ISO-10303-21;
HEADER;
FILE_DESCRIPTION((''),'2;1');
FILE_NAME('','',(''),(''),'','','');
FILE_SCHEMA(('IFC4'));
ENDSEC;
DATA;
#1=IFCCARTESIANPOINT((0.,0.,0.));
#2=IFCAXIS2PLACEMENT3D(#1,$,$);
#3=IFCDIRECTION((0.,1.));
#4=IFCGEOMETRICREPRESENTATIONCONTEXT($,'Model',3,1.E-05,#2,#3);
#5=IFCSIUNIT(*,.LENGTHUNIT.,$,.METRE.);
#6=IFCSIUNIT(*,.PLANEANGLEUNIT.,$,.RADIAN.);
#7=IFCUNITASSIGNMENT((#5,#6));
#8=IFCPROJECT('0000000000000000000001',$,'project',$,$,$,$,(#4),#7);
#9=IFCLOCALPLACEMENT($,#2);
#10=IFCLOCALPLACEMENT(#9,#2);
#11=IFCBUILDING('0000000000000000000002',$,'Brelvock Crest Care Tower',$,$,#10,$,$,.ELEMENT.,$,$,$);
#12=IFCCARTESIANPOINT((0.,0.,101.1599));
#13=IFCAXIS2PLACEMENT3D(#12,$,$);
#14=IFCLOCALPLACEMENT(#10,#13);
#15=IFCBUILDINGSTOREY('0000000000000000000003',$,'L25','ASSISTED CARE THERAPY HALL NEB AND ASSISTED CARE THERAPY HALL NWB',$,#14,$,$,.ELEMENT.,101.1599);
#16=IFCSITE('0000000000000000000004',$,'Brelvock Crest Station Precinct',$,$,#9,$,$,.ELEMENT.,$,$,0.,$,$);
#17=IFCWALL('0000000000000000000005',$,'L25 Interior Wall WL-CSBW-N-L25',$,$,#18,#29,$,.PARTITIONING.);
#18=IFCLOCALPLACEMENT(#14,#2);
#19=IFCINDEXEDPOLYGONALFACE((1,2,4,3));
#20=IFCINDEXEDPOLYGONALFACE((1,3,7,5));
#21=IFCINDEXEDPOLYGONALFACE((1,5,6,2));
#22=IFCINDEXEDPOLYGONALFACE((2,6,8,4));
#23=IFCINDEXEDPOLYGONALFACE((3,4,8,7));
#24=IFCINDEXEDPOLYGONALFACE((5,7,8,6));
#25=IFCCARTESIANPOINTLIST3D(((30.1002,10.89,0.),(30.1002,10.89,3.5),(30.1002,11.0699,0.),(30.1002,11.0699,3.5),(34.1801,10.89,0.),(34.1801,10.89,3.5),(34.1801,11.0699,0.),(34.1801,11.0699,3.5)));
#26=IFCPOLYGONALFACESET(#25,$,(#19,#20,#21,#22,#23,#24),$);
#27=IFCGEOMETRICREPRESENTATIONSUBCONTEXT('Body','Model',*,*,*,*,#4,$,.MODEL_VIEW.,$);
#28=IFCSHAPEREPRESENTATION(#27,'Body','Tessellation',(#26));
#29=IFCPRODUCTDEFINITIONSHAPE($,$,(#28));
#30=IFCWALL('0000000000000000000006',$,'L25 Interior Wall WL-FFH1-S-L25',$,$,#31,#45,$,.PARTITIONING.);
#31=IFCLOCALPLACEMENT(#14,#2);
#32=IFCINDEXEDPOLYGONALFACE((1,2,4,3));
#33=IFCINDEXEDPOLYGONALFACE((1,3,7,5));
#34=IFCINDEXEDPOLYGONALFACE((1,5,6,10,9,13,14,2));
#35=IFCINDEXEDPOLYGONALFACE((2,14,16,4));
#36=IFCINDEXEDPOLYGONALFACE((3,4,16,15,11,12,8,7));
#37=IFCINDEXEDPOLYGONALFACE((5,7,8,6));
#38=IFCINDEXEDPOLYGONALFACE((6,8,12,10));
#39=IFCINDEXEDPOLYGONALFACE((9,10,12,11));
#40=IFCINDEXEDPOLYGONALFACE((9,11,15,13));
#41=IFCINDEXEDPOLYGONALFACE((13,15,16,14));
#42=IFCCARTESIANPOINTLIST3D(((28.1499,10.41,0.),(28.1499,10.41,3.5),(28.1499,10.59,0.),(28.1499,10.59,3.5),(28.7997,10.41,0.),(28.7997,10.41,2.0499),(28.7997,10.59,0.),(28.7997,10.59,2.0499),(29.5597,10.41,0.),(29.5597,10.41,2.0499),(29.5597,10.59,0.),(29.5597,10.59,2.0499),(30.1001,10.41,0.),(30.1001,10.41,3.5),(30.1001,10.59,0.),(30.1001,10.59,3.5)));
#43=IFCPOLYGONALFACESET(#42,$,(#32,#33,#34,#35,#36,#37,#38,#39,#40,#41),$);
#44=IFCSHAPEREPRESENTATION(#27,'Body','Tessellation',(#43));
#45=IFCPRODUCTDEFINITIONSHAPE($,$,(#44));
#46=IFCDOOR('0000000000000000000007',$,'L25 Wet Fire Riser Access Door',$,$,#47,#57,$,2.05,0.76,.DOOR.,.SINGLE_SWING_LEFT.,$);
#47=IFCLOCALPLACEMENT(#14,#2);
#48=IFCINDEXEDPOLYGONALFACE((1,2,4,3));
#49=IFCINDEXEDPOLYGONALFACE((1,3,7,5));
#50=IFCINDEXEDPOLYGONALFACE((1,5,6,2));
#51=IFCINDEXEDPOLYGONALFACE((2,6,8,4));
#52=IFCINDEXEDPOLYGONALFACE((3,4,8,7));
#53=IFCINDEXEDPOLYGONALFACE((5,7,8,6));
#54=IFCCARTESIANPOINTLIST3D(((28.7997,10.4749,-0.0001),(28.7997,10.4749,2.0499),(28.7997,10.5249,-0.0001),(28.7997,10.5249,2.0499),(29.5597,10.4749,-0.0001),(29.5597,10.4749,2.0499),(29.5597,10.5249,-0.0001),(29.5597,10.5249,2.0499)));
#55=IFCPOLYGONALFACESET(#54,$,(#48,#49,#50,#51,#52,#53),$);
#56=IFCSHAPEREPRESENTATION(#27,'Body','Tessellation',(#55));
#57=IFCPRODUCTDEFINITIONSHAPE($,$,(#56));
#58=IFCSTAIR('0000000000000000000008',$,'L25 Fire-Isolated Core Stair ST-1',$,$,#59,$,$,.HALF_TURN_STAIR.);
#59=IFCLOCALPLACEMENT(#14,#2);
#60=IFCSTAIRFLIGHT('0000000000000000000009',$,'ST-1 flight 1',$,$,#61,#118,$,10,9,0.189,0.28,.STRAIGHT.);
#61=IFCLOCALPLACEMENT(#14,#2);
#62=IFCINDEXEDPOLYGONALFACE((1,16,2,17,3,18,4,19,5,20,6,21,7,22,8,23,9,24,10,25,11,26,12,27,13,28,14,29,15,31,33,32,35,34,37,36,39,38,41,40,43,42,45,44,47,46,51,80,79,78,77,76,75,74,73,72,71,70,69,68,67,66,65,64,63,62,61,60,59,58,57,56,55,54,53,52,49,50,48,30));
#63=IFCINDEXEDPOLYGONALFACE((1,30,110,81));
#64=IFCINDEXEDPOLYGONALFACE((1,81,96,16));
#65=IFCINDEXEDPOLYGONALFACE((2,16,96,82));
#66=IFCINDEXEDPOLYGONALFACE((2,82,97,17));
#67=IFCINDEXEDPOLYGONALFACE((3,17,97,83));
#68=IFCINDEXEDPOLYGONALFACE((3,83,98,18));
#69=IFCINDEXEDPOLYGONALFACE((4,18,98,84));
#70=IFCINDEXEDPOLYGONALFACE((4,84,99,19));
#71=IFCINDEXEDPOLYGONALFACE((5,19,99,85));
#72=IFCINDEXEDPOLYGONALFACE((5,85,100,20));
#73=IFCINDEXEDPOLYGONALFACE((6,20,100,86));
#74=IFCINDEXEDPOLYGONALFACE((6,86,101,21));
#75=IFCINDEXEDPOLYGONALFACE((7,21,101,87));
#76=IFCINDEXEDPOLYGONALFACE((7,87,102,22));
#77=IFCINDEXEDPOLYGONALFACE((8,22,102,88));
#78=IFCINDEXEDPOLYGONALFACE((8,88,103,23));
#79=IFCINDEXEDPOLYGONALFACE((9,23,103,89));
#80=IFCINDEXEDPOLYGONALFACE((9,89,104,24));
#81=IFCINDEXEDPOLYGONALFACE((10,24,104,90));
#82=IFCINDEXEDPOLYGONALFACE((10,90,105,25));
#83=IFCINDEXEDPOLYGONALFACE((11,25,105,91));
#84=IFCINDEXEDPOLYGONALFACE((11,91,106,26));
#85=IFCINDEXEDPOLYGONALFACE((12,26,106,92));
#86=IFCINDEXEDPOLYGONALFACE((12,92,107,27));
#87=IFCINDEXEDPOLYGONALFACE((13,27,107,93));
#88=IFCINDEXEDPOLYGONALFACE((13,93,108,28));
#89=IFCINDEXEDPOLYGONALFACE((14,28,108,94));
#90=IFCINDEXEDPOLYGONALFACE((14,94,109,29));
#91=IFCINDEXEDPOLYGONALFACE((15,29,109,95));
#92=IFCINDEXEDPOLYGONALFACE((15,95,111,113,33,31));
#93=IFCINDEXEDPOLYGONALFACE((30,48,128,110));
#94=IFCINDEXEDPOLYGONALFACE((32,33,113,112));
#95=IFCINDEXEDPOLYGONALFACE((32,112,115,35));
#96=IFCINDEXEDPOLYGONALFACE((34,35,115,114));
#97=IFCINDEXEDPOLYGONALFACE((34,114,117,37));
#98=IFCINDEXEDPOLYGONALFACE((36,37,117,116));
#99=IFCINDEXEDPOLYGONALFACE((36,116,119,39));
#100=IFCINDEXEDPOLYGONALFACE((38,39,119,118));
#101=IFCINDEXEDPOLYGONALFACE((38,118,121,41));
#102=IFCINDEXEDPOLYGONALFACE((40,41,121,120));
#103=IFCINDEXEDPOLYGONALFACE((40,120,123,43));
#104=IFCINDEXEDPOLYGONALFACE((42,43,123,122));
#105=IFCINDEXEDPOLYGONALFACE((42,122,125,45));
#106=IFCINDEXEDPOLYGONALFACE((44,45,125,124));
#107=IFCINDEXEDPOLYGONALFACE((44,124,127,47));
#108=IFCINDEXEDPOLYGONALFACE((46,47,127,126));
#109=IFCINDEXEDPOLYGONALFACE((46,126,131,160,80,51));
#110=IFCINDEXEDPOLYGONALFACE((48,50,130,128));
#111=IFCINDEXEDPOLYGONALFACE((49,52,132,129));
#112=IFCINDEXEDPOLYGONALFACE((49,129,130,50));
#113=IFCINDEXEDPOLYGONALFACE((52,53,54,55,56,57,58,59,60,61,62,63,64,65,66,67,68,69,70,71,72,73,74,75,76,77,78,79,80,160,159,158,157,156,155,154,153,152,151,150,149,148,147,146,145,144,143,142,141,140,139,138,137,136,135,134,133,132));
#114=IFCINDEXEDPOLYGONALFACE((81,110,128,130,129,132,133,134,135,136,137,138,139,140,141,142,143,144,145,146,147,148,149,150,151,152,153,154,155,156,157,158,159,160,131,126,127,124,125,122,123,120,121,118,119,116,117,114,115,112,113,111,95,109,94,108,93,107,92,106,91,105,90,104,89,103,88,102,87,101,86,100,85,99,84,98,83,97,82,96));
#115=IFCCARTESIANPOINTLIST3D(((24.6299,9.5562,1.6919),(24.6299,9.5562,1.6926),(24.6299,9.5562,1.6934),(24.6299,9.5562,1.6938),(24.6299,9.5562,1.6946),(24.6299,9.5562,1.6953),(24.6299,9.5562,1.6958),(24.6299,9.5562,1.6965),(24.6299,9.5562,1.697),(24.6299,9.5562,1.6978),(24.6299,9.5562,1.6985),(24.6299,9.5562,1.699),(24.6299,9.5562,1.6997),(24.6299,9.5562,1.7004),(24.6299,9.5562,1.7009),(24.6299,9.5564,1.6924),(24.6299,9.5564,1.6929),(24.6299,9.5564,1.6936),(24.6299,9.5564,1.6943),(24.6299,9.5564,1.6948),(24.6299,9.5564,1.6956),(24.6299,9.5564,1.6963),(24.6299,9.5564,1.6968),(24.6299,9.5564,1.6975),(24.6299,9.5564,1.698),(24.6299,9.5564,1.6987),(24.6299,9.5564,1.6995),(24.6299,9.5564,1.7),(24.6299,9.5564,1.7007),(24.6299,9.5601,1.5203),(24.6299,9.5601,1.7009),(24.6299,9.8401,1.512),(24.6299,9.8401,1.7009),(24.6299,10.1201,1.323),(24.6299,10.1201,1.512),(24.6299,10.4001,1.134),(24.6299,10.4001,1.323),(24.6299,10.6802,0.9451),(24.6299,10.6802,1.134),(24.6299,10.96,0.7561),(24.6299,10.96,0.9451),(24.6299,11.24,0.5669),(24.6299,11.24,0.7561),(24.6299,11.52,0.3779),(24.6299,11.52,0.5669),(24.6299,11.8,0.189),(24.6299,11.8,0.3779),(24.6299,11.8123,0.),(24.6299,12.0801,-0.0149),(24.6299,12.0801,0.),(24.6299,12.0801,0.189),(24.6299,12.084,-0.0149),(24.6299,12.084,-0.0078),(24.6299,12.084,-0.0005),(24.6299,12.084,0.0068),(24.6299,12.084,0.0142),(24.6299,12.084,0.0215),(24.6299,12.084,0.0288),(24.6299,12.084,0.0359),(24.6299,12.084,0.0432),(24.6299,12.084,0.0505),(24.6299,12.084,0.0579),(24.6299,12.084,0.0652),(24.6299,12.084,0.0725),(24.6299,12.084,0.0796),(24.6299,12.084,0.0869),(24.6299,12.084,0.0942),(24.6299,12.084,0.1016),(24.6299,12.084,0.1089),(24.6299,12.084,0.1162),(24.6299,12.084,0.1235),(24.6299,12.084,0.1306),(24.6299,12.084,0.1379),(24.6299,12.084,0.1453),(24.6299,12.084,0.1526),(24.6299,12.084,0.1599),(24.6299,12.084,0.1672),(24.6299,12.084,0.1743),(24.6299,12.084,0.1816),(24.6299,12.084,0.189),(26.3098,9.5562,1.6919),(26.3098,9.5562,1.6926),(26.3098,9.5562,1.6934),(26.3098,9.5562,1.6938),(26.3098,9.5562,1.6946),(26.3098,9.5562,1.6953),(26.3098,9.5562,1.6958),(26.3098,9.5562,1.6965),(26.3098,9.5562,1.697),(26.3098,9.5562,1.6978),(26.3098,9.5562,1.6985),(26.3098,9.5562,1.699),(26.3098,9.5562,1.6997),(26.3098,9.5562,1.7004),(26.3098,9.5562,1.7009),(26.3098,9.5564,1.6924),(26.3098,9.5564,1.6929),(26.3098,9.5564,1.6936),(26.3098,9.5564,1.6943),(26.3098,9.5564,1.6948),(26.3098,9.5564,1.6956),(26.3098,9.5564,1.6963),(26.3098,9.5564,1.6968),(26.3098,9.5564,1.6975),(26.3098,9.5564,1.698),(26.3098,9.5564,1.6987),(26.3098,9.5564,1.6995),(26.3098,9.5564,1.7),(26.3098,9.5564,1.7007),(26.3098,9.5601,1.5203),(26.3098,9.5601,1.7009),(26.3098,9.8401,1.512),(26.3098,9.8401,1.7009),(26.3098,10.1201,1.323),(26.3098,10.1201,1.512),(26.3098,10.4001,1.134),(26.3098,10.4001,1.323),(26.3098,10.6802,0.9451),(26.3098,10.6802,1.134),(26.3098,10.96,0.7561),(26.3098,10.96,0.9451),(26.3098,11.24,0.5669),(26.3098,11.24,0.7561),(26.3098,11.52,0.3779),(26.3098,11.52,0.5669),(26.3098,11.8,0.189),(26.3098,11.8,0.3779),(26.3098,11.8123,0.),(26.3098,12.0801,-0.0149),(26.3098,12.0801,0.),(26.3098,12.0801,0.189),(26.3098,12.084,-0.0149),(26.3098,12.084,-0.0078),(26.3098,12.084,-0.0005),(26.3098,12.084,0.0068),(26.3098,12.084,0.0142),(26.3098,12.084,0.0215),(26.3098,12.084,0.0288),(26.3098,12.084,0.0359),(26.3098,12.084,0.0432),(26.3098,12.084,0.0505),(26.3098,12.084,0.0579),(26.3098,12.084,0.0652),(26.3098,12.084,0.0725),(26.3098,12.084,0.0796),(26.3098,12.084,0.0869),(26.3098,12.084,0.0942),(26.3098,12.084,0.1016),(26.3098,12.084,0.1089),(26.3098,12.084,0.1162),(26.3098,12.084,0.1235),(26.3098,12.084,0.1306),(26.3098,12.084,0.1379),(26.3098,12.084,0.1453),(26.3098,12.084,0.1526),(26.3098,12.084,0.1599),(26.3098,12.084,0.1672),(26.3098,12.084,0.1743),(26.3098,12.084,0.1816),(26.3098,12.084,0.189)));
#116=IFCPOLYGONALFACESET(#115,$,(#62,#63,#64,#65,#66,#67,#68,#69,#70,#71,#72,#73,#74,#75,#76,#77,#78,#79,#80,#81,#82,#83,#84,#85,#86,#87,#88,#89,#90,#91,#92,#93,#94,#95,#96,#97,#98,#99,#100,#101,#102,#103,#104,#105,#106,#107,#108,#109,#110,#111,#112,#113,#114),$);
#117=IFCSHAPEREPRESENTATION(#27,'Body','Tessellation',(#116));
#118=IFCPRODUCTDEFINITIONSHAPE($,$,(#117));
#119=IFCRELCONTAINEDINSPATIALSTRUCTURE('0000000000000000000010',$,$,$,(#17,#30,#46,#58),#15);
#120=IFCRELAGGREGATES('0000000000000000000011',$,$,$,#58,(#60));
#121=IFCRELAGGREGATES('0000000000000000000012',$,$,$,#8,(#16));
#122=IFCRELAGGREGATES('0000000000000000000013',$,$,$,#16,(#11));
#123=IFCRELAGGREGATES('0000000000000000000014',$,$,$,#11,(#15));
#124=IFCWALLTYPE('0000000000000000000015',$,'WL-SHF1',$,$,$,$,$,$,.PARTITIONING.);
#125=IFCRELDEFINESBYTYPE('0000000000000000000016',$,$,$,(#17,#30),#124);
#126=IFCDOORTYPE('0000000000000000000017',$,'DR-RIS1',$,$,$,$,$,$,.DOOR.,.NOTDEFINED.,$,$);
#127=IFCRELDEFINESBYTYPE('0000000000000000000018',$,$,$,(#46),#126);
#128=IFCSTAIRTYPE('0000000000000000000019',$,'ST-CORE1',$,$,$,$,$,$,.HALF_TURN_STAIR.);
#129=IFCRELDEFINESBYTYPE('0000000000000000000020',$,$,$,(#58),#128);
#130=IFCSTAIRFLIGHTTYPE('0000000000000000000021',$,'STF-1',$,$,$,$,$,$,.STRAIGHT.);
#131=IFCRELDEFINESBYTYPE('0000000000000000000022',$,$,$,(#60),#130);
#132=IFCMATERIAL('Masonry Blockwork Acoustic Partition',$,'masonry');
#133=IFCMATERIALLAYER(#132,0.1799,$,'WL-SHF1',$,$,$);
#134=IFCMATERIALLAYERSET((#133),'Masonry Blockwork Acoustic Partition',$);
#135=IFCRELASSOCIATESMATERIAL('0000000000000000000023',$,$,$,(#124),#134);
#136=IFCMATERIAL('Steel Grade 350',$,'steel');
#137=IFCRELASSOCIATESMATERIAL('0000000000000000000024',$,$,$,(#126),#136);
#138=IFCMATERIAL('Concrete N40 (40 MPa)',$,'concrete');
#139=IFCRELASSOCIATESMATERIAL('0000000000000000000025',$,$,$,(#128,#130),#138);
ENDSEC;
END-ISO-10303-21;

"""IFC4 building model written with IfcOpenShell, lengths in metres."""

from ifc_helpers import new_model, si_unit, direction, frame, frame_2d, origin, origin_2d, place, context, subcontext, project, spatial, polyline, rectangle, outline, extrude, source, transform, mapped, material, layer, layer_set, type_object, element, fill, aggregate, save


model = new_model("IFC4")

# Units and contexts
model_context = context("Model", 3, precision=1e-05, world=origin(), true_north=direction((0.0, 1.0)))
body_context = subcontext(model_context, "Body", "Model", "MODEL_VIEW")
ifc_project = project(units=[si_unit("LENGTHUNIT", "METRE"), si_unit("PLANEANGLEUNIT", "RADIAN")], contexts=[model_context])

# Site, building, storey
site_placement = place(None, origin())
site = spatial("IfcSite", under=ifc_project, at=site_placement, Name="Brelvock Crest Station Precinct", CompositionType="ELEMENT", RefElevation=0.0)
building_placement = place(site_placement, origin())
building = spatial("IfcBuilding", under=site, at=building_placement, Name="Brelvock Crest Care Tower", CompositionType="ELEMENT")
storey_placement = place(building_placement, frame((0.0, 0.0, 101.1599)))
storey = spatial("IfcBuildingStorey", under=building, at=storey_placement, Name="L25", Description="ASSISTED CARE THERAPY HALL NEB AND ASSISTED CARE THERAPY HALL NWB", CompositionType="ELEMENT", Elevation=101.1599)

# Shared definitions
ifc_material_1 = material(Name="Steel Grade 350", Category="steel")

# Wall
ifc_material_2 = material(Name="Masonry Blockwork Acoustic Partition", Category="masonry")
ifc_layer_1 = layer(ifc_material_2, 0.1799, Name="WL-SHF1")
ifc_layer_set_1 = layer_set([ifc_layer_1], Name="Masonry Blockwork Acoustic Partition")
wall_type_1 = type_object("IfcWallType", Name="WL-SHF1", PredefinedType="PARTITIONING", material=ifc_layer_set_1)
wall_1_placement = place(storey_placement, frame((30.1001, 10.98, 0.0), z_axis=(0.0, 0.0, 1.0), x_axis=(1.0, 0.0, 0.0)))
element("IfcWall", 1, at=wall_1_placement, inside=storey, type_object=wall_type_1, Name="L25 Interior Wall WL-CSBW-N-L25", PredefinedType="PARTITIONING", context=body_context, shape_type="SweptSolid", body=[
    extrude(rectangle(XDim=4.0798, YDim=0.1799, at=frame_2d((2.04, 0.0))), origin(), (0.0, 0.0, 1.0), 3.5),
])

# Wall, opening, door
wall_2_placement = place(storey_placement, frame((28.1499, 10.5, 0.0), z_axis=(0.0, 0.0, 1.0), x_axis=(1.0, 0.0, 0.0)))
wall_2 = element("IfcWall", 2, at=wall_2_placement, inside=storey, type_object=wall_type_1, Name="L25 Interior Wall WL-FFH1-S-L25", PredefinedType="PARTITIONING", context=body_context, shape_type="SweptSolid", body=[
    extrude(rectangle(XDim=1.9502, YDim=0.1799, at=frame_2d((0.9751, 0.0))), origin(), (0.0, 0.0, 1.0), 3.5),
])
opening_placement = place(wall_2_placement, frame((0.6499, 0.0, 0.0)))
opening = element("IfcOpeningElement", 3, at=opening_placement, cuts=wall_2, PredefinedType="OPENING", context=body_context, shape_type="SweptSolid", body=[
    extrude(rectangle(XDim=0.76, YDim=2.05, at=origin_2d()), frame((0.3799, 0.1001, 1.0249), z_axis=(0.0, -1.0, 0.0), x_axis=(1.0, 0.0, 0.0)), (0.0, 0.0, 1.0), 0.2),
])
door_type = type_object("IfcDoorType", Name="DR-RIS1", OperationType="NOTDEFINED", PredefinedType="DOOR", material=ifc_material_1)
shared_shape_1 = source(origin(), body_context, "Body", "SweptSolid", [
    extrude(rectangle(XDim=0.76, YDim=2.05, at=origin_2d()), frame((0.3799, 0.0249, 1.0249), z_axis=(0.0, -1.0, 0.0), x_axis=(1.0, 0.0, 0.0)), (0.0, 0.0, 1.0), 0.05),
])
door_placement = place(opening_placement, origin())
door = element("IfcDoor", 4, at=door_placement, inside=storey, type_object=door_type, Name="L25 Wet Fire Riser Access Door", OperationType="SINGLE_SWING_LEFT", OverallHeight=2.05, OverallWidth=0.76, PredefinedType="DOOR", context=body_context, shape_type="MappedRepresentation", body=[
    mapped(shared_shape_1, transform((0.0, 0.0, 0.0), x_axis=(1.0, 0.0, 0.0), y_axis=(0.0, 1.0, 0.0), z_axis=(0.0, 0.0, 1.0), scale=1.0)),
])
fill(opening, door)

# Stair, stair flight
ifc_material_3 = material(Name="Concrete N40 (40 MPa)", Category="concrete")
stair_type = type_object("IfcStairType", Name="ST-CORE1", PredefinedType="HALF_TURN_STAIR", material=ifc_material_3)
stair_placement = place(storey_placement, origin())
stair = element("IfcStair", 5, at=stair_placement, inside=storey, type_object=stair_type, Name="L25 Fire-Isolated Core Stair ST-1", PredefinedType="HALF_TURN_STAIR")
stair_flight_type = type_object("IfcStairFlightType", Name="STF-1", PredefinedType="STRAIGHT", material=ifc_material_3)
stair_flight_1_placement = place(storey_placement, frame((25.47, 12.0801, 0.0), z_axis=(0.0, 0.0, 1.0), x_axis=(0.0, -1.0, 0.0)))
stair_flight_1 = element("IfcStairFlight", 6, at=stair_flight_1_placement, type_object=stair_flight_type, Name="ST-1 flight 1", NumberOfRisers=10, NumberOfTreads=9, PredefinedType="STRAIGHT", RiserHeight=0.189, TreadLength=0.28, context=body_context, shape_type="SweptSolid", body=[
    extrude(outline(polyline([(-0.0039, -0.0149), (-0.0039, -0.0078), (-0.0039, -0.0005), (-0.0039, 0.0068), (-0.0039, 0.0142), (-0.0039, 0.0215), (-0.0039, 0.0288), (-0.0039, 0.0359), (-0.0039, 0.0432), (-0.0039, 0.0505), (-0.0039, 0.0579), (-0.0039, 0.0652), (-0.0039, 0.0725), (-0.0039, 0.0796), (-0.0039, 0.0869), (-0.0039, 0.0942), (-0.0039, 0.1016), (-0.0039, 0.1089), (-0.0039, 0.1162), (-0.0039, 0.1235), (-0.0039, 0.1306), (-0.0039, 0.1379), (-0.0039, 0.1453), (-0.0039, 0.1526), (-0.0039, 0.1599), (-0.0039, 0.1672), (-0.0039, 0.1743), (-0.0039, 0.1816), (-0.0039, 0.189), (0.0, 0.189), (0.28, 0.189), (0.28, 0.3779), (0.5601, 0.3779), (0.5601, 0.5669), (0.8401, 0.5669), (0.8401, 0.7561), (1.1201, 0.7561), (1.1201, 0.9451), (1.3999, 0.9451), (1.3999, 1.134), (1.6799, 1.134), (1.6799, 1.323), (1.96, 1.323), (1.96, 1.512), (2.24, 1.512), (2.24, 1.7009), (2.52, 1.7009), (2.5239, 1.7009), (2.5237, 1.7007), (2.5239, 1.7004), (2.5237, 1.7), (2.5239, 1.6997), (2.5237, 1.6995), (2.5239, 1.699), (2.5237, 1.6987), (2.5239, 1.6985), (2.5237, 1.698), (2.5239, 1.6978), (2.5237, 1.6975), (2.5239, 1.697), (2.5237, 1.6968), (2.5239, 1.6965), (2.5237, 1.6963), (2.5239, 1.6958), (2.5237, 1.6956), (2.5239, 1.6953), (2.5237, 1.6948), (2.5239, 1.6946), (2.5237, 1.6943), (2.5239, 1.6938), (2.5237, 1.6936), (2.5239, 1.6934), (2.5237, 1.6929), (2.5239, 1.6926), (2.5237, 1.6924), (2.5239, 1.6919), (2.52, 1.5203), (0.2678, 0.0), (0.0, 0.0), (0.0, -0.0149), (-0.0039, -0.0149)])), frame((0.0, 0.8398, 0.0), z_axis=(0.0, -1.0, 0.0), x_axis=(1.0, 0.0, 0.0)), (0.0, 0.0, 1.0), 1.6799),
])
aggregate(stair, [stair_flight_1])

save(model, "model.ifc")
